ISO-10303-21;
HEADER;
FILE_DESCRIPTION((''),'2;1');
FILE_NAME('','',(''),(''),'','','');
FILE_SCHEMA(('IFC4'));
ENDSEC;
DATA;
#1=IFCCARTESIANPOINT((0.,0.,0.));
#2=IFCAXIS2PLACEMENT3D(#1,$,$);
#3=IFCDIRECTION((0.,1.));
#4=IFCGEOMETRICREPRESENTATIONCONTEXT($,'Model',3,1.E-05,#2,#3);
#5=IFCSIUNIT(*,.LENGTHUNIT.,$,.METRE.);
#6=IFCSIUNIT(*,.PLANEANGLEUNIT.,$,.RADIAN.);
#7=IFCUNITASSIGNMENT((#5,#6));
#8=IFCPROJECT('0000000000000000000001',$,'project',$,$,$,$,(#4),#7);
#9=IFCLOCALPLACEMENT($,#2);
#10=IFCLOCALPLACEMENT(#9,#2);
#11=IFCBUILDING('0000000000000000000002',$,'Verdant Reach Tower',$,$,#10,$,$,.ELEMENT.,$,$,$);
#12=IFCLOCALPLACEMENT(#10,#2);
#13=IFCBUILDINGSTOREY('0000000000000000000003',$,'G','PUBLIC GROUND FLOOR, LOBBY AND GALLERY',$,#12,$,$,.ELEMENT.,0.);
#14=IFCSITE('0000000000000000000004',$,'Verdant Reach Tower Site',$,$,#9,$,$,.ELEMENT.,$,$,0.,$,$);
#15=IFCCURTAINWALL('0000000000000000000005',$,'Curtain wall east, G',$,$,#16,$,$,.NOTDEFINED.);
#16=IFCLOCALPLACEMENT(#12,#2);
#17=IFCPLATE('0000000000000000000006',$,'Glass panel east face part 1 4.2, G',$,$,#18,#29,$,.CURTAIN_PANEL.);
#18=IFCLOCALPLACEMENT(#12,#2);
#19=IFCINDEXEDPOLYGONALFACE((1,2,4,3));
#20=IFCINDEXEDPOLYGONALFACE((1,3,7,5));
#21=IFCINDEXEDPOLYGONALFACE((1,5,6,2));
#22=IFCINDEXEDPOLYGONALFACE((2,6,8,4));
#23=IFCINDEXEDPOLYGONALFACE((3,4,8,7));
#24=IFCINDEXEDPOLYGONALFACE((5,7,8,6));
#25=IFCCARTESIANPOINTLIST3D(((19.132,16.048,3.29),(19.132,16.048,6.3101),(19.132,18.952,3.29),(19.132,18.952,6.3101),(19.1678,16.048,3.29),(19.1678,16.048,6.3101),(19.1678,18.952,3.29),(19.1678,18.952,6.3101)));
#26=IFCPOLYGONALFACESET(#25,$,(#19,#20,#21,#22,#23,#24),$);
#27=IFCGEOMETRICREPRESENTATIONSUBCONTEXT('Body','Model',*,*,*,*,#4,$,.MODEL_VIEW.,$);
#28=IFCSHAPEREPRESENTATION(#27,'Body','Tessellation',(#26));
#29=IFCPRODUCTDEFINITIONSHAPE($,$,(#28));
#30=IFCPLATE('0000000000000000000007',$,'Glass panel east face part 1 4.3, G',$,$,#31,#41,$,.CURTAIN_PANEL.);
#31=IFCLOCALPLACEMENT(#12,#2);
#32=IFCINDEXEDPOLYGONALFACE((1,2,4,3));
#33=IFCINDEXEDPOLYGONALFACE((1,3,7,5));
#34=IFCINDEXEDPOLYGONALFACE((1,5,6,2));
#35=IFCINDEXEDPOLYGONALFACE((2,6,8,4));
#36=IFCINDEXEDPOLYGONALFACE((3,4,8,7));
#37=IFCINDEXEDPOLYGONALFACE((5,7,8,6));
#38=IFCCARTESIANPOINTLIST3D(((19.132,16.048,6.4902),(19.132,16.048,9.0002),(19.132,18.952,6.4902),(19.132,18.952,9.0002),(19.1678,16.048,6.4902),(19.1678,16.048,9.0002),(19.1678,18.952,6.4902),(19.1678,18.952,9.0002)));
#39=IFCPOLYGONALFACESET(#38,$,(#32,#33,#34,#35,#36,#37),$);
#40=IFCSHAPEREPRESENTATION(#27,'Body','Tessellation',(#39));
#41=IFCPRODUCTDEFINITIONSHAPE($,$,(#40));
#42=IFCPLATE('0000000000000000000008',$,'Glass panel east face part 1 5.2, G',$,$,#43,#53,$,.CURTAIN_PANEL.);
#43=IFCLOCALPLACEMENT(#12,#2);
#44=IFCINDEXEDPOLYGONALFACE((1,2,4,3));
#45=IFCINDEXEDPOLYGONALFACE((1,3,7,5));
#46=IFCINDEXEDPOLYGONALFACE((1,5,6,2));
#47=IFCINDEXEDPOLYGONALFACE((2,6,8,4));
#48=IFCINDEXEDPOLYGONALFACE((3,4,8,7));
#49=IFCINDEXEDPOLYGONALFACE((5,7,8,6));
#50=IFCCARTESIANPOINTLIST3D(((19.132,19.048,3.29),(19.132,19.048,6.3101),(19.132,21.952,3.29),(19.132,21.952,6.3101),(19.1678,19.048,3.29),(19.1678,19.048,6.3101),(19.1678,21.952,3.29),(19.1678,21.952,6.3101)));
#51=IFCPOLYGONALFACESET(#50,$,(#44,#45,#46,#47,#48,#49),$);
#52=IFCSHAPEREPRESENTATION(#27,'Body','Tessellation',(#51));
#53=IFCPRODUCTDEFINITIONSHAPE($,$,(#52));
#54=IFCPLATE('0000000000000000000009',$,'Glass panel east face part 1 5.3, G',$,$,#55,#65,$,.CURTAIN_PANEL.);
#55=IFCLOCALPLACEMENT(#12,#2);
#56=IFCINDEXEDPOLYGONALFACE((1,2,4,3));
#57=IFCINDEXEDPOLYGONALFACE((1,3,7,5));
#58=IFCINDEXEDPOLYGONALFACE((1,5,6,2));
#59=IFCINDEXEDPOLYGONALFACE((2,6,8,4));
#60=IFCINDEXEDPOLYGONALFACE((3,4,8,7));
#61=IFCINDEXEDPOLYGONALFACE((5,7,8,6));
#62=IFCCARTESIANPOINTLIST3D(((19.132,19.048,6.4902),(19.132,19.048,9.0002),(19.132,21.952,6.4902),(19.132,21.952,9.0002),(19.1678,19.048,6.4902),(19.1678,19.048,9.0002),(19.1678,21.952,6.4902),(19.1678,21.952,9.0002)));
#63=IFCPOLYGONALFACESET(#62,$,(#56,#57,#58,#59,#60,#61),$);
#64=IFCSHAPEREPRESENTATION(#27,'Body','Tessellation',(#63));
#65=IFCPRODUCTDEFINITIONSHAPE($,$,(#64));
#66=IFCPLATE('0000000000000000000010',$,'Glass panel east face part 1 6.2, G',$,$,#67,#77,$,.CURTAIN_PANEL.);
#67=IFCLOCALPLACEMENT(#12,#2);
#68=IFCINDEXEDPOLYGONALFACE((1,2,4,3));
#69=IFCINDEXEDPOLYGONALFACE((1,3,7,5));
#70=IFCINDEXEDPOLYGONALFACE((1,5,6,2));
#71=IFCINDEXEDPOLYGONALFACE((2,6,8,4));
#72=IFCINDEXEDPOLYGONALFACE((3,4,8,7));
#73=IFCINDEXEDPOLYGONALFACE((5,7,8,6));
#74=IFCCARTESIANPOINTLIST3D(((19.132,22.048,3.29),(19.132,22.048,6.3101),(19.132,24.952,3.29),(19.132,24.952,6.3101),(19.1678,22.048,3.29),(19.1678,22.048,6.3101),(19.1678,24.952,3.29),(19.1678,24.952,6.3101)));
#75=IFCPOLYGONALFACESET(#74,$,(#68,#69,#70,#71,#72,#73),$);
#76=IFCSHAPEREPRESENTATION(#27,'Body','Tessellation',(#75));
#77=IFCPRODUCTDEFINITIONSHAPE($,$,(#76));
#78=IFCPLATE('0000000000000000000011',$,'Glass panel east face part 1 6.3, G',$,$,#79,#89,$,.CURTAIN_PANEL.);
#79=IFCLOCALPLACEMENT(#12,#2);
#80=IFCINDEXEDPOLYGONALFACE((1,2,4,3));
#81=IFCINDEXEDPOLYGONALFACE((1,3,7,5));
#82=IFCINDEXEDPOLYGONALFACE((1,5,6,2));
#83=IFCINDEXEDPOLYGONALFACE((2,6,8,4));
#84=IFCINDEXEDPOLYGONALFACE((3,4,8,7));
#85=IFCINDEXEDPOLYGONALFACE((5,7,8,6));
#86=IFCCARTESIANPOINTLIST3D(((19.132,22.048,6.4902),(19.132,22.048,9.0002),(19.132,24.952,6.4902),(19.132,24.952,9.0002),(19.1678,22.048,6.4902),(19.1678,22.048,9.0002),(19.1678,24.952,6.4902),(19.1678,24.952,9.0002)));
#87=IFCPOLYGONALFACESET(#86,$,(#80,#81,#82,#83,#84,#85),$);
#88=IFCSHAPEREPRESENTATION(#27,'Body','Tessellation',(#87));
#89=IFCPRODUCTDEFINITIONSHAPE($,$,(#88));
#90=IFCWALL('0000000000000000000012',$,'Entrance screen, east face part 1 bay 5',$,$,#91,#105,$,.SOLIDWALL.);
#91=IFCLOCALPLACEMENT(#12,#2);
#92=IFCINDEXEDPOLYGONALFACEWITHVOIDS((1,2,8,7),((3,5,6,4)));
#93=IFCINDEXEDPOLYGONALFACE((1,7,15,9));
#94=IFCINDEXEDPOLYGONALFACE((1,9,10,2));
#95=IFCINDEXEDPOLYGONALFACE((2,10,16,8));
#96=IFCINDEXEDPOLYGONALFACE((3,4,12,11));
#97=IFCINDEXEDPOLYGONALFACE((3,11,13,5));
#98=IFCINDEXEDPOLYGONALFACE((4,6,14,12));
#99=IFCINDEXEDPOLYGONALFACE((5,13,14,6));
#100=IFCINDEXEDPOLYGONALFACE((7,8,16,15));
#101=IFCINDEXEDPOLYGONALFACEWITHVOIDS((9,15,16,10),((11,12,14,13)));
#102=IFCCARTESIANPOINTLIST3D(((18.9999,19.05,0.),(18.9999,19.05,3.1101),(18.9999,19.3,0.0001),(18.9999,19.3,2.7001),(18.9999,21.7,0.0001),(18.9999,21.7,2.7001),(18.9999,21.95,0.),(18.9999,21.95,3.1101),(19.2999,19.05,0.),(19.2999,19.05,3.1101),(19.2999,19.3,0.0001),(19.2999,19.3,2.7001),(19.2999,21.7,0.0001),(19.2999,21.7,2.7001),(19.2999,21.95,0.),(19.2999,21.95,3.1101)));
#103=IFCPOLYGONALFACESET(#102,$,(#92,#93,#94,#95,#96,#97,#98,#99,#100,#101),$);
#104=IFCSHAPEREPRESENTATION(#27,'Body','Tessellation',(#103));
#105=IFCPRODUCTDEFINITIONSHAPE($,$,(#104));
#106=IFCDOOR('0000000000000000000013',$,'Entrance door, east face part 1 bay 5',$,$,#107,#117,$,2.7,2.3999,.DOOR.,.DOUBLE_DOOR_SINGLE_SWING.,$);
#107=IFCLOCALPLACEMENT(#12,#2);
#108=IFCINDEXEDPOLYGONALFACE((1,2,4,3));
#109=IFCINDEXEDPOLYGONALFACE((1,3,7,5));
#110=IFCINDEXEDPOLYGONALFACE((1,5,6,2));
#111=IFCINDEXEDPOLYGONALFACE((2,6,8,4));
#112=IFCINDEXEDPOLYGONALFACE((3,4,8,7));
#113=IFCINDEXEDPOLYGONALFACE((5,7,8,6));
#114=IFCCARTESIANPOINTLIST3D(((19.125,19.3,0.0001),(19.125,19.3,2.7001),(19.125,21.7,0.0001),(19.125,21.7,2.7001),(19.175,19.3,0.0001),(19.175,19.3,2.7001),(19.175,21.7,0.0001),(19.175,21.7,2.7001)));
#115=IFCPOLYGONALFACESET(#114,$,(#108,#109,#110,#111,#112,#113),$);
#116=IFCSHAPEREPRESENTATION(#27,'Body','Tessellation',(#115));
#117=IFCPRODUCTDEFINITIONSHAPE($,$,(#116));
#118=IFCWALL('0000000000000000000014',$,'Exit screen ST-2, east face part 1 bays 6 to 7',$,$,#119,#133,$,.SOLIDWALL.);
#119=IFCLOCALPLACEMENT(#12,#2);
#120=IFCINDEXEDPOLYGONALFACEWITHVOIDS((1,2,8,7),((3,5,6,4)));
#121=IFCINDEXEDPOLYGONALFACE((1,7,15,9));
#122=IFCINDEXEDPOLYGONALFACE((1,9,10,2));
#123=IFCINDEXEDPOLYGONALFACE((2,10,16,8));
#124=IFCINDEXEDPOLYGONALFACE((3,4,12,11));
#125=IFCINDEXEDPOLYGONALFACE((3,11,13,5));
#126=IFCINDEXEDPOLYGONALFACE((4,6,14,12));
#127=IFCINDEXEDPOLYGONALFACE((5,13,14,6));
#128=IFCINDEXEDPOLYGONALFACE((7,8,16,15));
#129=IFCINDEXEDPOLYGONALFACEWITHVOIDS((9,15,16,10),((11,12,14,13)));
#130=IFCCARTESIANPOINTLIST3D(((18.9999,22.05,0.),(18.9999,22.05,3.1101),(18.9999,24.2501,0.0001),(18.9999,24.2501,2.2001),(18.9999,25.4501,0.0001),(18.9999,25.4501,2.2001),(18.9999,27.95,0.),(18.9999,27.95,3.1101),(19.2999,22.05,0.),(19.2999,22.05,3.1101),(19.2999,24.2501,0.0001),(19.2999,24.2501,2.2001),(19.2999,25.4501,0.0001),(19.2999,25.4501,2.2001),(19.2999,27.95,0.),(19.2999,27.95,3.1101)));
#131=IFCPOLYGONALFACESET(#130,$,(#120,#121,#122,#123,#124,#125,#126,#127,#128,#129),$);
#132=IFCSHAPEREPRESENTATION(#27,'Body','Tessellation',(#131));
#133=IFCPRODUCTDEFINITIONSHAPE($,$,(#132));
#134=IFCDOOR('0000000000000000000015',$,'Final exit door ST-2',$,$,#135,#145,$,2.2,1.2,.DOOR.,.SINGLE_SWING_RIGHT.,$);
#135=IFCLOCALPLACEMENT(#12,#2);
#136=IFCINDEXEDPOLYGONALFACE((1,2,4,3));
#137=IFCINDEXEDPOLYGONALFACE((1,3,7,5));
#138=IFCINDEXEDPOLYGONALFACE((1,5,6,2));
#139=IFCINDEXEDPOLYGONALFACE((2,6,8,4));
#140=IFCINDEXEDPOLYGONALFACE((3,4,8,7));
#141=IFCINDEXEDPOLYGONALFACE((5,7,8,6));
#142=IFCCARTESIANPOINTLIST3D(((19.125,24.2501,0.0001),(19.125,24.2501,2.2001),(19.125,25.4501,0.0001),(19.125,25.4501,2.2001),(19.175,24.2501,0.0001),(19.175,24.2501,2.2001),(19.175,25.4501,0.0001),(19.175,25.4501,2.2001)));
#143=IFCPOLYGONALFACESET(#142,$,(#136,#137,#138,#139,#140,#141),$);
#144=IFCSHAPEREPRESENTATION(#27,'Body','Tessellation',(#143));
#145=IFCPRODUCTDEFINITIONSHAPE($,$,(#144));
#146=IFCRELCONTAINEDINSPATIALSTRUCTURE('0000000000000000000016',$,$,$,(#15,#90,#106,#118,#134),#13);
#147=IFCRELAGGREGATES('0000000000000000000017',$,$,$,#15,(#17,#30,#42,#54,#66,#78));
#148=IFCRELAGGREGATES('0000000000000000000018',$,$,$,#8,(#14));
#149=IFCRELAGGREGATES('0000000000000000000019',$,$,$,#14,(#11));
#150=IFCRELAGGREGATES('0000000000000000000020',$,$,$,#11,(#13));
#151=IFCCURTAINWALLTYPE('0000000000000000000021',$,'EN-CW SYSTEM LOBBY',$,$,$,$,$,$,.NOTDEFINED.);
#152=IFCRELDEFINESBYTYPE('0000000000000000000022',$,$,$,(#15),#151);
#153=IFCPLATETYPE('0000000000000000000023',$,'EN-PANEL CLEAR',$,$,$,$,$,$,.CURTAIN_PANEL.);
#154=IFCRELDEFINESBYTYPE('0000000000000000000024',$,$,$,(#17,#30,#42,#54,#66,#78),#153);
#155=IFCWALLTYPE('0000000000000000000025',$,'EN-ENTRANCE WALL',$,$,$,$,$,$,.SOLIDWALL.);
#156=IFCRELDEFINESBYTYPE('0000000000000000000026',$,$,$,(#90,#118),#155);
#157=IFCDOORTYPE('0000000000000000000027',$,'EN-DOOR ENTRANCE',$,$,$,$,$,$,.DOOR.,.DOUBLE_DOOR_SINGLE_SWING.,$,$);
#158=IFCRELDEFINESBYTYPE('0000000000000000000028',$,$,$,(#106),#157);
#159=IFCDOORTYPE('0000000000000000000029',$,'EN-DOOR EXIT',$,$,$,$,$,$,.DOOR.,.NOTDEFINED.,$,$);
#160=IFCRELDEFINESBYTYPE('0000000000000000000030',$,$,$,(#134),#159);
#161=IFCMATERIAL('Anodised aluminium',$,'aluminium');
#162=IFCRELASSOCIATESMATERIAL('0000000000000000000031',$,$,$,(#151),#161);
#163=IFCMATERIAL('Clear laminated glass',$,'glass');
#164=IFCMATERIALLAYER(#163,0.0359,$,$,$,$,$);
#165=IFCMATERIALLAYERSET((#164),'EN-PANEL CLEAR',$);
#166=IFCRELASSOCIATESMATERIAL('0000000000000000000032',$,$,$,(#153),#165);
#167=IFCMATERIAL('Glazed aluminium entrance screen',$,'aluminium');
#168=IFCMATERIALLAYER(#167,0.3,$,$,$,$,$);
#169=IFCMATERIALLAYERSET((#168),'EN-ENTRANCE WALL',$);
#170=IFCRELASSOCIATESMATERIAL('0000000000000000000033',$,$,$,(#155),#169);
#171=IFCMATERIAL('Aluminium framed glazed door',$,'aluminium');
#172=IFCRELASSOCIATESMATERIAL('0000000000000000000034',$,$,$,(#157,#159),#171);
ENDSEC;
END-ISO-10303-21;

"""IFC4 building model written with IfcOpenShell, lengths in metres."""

from ifc_helpers import new_model, si_unit, direction, frame, frame_2d, origin, origin_2d, place, context, subcontext, project, spatial, rectangle, extrude, material, layer, layer_set, type_object, element, fill, aggregate, save


model = new_model("IFC4")

# Units and contexts
model_context = context("Model", 3, precision=1e-05, world=origin(), true_north=direction((0.0, 1.0)))
body_context = subcontext(model_context, "Body", "Model", "MODEL_VIEW")
ifc_project = project(units=[si_unit("LENGTHUNIT", "METRE"), si_unit("PLANEANGLEUNIT", "RADIAN")], contexts=[model_context])

# Site, building, storey
site_placement = place(None, origin())
site = spatial("IfcSite", under=ifc_project, at=site_placement, Name="Verdant Reach Tower Site", CompositionType="ELEMENT", RefElevation=0.0)
building_placement = place(site_placement, origin())
building = spatial("IfcBuilding", under=site, at=building_placement, Name="Verdant Reach Tower", CompositionType="ELEMENT")
storey_placement = place(building_placement, origin())
storey = spatial("IfcBuildingStorey", under=building, at=storey_placement, Name="G", Description="PUBLIC GROUND FLOOR, LOBBY AND GALLERY", CompositionType="ELEMENT", Elevation=0.0)

# Curtain wall
ifc_material_1 = material(Name="Anodised aluminium", Category="aluminium")
curtain_wall_type = type_object("IfcCurtainWallType", Name="EN-CW SYSTEM LOBBY", PredefinedType="NOTDEFINED", material=ifc_material_1)
curtain_wall_placement = place(storey_placement, origin())
curtain_wall = element("IfcCurtainWall", 1, at=curtain_wall_placement, inside=storey, type_object=curtain_wall_type, Name="Curtain wall east, G", PredefinedType="NOTDEFINED")

# Plates
ifc_material_2 = material(Name="Clear laminated glass", Category="glass")
ifc_layer_1 = layer(ifc_material_2, 0.0359)
ifc_layer_set_1 = layer_set([ifc_layer_1], Name="EN-PANEL CLEAR")
plate_type = type_object("IfcPlateType", Name="EN-PANEL CLEAR", PredefinedType="CURTAIN_PANEL", material=ifc_layer_set_1)
plate_1_placement = place(storey_placement, frame((19.1499, 17.5, 3.29), z_axis=(0.0, 0.0, 1.0), x_axis=(0.0, 1.0, 0.0)))
plate_1 = element("IfcPlate", 2, at=plate_1_placement, type_object=plate_type, Name="Glass panel east face part 1 4.2, G", PredefinedType="CURTAIN_PANEL", context=body_context, shape_type="SweptSolid", body=[
    extrude(rectangle(XDim=2.9041, YDim=0.0359, at=origin_2d()), origin(), (0.0, 0.0, 1.0), 3.02),
])
plate_2_placement = place(storey_placement, frame((19.1499, 17.5, 6.4902), z_axis=(0.0, 0.0, 1.0), x_axis=(0.0, 1.0, 0.0)))
plate_2 = element("IfcPlate", 3, at=plate_2_placement, type_object=plate_type, Name="Glass panel east face part 1 4.3, G", PredefinedType="CURTAIN_PANEL", context=body_context, shape_type="SweptSolid", body=[
    extrude(rectangle(XDim=2.9041, YDim=0.0359, at=origin_2d()), origin(), (0.0, 0.0, 1.0), 2.51),
])
plate_3_placement = place(storey_placement, frame((19.1499, 20.5, 3.29), z_axis=(0.0, 0.0, 1.0), x_axis=(0.0, 1.0, 0.0)))
plate_3 = element("IfcPlate", 4, at=plate_3_placement, type_object=plate_type, Name="Glass panel east face part 1 5.2, G", PredefinedType="CURTAIN_PANEL", context=body_context, shape_type="SweptSolid", body=[
    extrude(rectangle(XDim=2.9041, YDim=0.0359, at=origin_2d()), origin(), (0.0, 0.0, 1.0), 3.02),
])
plate_4_placement = place(storey_placement, frame((19.1499, 20.5, 6.4902), z_axis=(0.0, 0.0, 1.0), x_axis=(0.0, 1.0, 0.0)))
plate_4 = element("IfcPlate", 5, at=plate_4_placement, type_object=plate_type, Name="Glass panel east face part 1 5.3, G", PredefinedType="CURTAIN_PANEL", context=body_context, shape_type="SweptSolid", body=[
    extrude(rectangle(XDim=2.9041, YDim=0.0359, at=origin_2d()), origin(), (0.0, 0.0, 1.0), 2.51),
])
plate_5_placement = place(storey_placement, frame((19.1499, 23.5, 3.29), z_axis=(0.0, 0.0, 1.0), x_axis=(0.0, 1.0, 0.0)))
plate_5 = element("IfcPlate", 6, at=plate_5_placement, type_object=plate_type, Name="Glass panel east face part 1 6.2, G", PredefinedType="CURTAIN_PANEL", context=body_context, shape_type="SweptSolid", body=[
    extrude(rectangle(XDim=2.9041, YDim=0.0359, at=origin_2d()), origin(), (0.0, 0.0, 1.0), 3.02),
])
plate_6_placement = place(storey_placement, frame((19.1499, 23.5, 6.4902), z_axis=(0.0, 0.0, 1.0), x_axis=(0.0, 1.0, 0.0)))
plate_6 = element("IfcPlate", 7, at=plate_6_placement, type_object=plate_type, Name="Glass panel east face part 1 6.3, G", PredefinedType="CURTAIN_PANEL", context=body_context, shape_type="SweptSolid", body=[
    extrude(rectangle(XDim=2.9041, YDim=0.0359, at=origin_2d()), origin(), (0.0, 0.0, 1.0), 2.51),
])
aggregate(curtain_wall, [plate_1, plate_2, plate_3, plate_4, plate_5, plate_6])

# Walls, openings, doors
ifc_material_3 = material(Name="Glazed aluminium entrance screen", Category="aluminium")
ifc_layer_2 = layer(ifc_material_3, 0.3)
ifc_layer_set_2 = layer_set([ifc_layer_2], Name="EN-ENTRANCE WALL")
wall_type = type_object("IfcWallType", Name="EN-ENTRANCE WALL", PredefinedType="SOLIDWALL", material=ifc_layer_set_2)
wall_1_placement = place(storey_placement, frame((19.1499, 19.05, 0.0), z_axis=(0.0, 0.0, 1.0), x_axis=(0.0, 1.0, 0.0)))
wall_1 = element("IfcWall", 8, at=wall_1_placement, inside=storey, type_object=wall_type, Name="Entrance screen, east face part 1 bay 5", PredefinedType="SOLIDWALL", context=body_context, shape_type="SweptSolid", body=[
    extrude(rectangle(XDim=2.8999, YDim=0.3, at=frame_2d((1.45, 0.0))), origin(), (0.0, 0.0, 1.0), 3.1101),
])
opening_1_placement = place(wall_1_placement, frame((0.25, 0.0, 0.0)))
opening_1 = element("IfcOpeningElement", 9, at=opening_1_placement, cuts=wall_1, PredefinedType="OPENING", context=body_context, shape_type="SweptSolid", body=[
    extrude(rectangle(XDim=2.3999, YDim=2.7, at=frame_2d((1.2, 1.3501))), frame((0.0, 0.1599, 0.0), z_axis=(0.0, -1.0, 0.0), x_axis=(1.0, 0.0, 0.0)), (0.0, 0.0, 1.0), 0.3201),
])
ifc_material_4 = material(Name="Aluminium framed glazed door", Category="aluminium")
door_type_1 = type_object("IfcDoorType", Name="EN-DOOR ENTRANCE", OperationType="DOUBLE_DOOR_SINGLE_SWING", PredefinedType="DOOR", material=ifc_material_4)
door_1_placement = place(opening_1_placement, origin())
door_1 = element("IfcDoor", 10, at=door_1_placement, inside=storey, type_object=door_type_1, Name="Entrance door, east face part 1 bay 5", OperationType="DOUBLE_DOOR_SINGLE_SWING", OverallHeight=2.7, OverallWidth=2.3999, PredefinedType="DOOR", context=body_context, shape_type="SweptSolid", body=[
    extrude(rectangle(XDim=2.3999, YDim=2.7, at=frame_2d((1.2, 1.3501))), frame((0.0, 0.0249, 0.0), z_axis=(0.0, -1.0, 0.0), x_axis=(1.0, 0.0, 0.0)), (0.0, 0.0, 1.0), 0.05),
])
fill(opening_1, door_1)
wall_2_placement = place(storey_placement, frame((19.1499, 22.05, 0.0), z_axis=(0.0, 0.0, 1.0), x_axis=(0.0, 1.0, 0.0)))
wall_2 = element("IfcWall", 11, at=wall_2_placement, inside=storey, type_object=wall_type, Name="Exit screen ST-2, east face part 1 bays 6 to 7", PredefinedType="SOLIDWALL", context=body_context, shape_type="SweptSolid", body=[
    extrude(rectangle(XDim=5.8999, YDim=0.3, at=frame_2d((2.95, 0.0))), origin(), (0.0, 0.0, 1.0), 3.1101),
])
opening_2_placement = place(wall_2_placement, frame((2.2, 0.0, 0.0)))
opening_2 = element("IfcOpeningElement", 12, at=opening_2_placement, cuts=wall_2, PredefinedType="OPENING", context=body_context, shape_type="SweptSolid", body=[
    extrude(rectangle(XDim=1.2, YDim=2.2, at=frame_2d((0.6001, 1.1001))), frame((0.0, 0.1599, 0.0), z_axis=(0.0, -1.0, 0.0), x_axis=(1.0, 0.0, 0.0)), (0.0, 0.0, 1.0), 0.3201),
])
door_type_2 = type_object("IfcDoorType", Name="EN-DOOR EXIT", OperationType="NOTDEFINED", PredefinedType="DOOR", material=ifc_material_4)
door_2_placement = place(opening_2_placement, origin())
door_2 = element("IfcDoor", 13, at=door_2_placement, inside=storey, type_object=door_type_2, Name="Final exit door ST-2", OperationType="SINGLE_SWING_RIGHT", OverallHeight=2.2, OverallWidth=1.2, PredefinedType="DOOR", context=body_context, shape_type="SweptSolid", body=[
    extrude(rectangle(XDim=1.2, YDim=2.2, at=frame_2d((0.6001, 1.1001))), frame((0.0, 0.0249, 0.0), z_axis=(0.0, -1.0, 0.0), x_axis=(1.0, 0.0, 0.0)), (0.0, 0.0, 1.0), 0.05),
])
fill(opening_2, door_2)

save(model, "model.ifc")
